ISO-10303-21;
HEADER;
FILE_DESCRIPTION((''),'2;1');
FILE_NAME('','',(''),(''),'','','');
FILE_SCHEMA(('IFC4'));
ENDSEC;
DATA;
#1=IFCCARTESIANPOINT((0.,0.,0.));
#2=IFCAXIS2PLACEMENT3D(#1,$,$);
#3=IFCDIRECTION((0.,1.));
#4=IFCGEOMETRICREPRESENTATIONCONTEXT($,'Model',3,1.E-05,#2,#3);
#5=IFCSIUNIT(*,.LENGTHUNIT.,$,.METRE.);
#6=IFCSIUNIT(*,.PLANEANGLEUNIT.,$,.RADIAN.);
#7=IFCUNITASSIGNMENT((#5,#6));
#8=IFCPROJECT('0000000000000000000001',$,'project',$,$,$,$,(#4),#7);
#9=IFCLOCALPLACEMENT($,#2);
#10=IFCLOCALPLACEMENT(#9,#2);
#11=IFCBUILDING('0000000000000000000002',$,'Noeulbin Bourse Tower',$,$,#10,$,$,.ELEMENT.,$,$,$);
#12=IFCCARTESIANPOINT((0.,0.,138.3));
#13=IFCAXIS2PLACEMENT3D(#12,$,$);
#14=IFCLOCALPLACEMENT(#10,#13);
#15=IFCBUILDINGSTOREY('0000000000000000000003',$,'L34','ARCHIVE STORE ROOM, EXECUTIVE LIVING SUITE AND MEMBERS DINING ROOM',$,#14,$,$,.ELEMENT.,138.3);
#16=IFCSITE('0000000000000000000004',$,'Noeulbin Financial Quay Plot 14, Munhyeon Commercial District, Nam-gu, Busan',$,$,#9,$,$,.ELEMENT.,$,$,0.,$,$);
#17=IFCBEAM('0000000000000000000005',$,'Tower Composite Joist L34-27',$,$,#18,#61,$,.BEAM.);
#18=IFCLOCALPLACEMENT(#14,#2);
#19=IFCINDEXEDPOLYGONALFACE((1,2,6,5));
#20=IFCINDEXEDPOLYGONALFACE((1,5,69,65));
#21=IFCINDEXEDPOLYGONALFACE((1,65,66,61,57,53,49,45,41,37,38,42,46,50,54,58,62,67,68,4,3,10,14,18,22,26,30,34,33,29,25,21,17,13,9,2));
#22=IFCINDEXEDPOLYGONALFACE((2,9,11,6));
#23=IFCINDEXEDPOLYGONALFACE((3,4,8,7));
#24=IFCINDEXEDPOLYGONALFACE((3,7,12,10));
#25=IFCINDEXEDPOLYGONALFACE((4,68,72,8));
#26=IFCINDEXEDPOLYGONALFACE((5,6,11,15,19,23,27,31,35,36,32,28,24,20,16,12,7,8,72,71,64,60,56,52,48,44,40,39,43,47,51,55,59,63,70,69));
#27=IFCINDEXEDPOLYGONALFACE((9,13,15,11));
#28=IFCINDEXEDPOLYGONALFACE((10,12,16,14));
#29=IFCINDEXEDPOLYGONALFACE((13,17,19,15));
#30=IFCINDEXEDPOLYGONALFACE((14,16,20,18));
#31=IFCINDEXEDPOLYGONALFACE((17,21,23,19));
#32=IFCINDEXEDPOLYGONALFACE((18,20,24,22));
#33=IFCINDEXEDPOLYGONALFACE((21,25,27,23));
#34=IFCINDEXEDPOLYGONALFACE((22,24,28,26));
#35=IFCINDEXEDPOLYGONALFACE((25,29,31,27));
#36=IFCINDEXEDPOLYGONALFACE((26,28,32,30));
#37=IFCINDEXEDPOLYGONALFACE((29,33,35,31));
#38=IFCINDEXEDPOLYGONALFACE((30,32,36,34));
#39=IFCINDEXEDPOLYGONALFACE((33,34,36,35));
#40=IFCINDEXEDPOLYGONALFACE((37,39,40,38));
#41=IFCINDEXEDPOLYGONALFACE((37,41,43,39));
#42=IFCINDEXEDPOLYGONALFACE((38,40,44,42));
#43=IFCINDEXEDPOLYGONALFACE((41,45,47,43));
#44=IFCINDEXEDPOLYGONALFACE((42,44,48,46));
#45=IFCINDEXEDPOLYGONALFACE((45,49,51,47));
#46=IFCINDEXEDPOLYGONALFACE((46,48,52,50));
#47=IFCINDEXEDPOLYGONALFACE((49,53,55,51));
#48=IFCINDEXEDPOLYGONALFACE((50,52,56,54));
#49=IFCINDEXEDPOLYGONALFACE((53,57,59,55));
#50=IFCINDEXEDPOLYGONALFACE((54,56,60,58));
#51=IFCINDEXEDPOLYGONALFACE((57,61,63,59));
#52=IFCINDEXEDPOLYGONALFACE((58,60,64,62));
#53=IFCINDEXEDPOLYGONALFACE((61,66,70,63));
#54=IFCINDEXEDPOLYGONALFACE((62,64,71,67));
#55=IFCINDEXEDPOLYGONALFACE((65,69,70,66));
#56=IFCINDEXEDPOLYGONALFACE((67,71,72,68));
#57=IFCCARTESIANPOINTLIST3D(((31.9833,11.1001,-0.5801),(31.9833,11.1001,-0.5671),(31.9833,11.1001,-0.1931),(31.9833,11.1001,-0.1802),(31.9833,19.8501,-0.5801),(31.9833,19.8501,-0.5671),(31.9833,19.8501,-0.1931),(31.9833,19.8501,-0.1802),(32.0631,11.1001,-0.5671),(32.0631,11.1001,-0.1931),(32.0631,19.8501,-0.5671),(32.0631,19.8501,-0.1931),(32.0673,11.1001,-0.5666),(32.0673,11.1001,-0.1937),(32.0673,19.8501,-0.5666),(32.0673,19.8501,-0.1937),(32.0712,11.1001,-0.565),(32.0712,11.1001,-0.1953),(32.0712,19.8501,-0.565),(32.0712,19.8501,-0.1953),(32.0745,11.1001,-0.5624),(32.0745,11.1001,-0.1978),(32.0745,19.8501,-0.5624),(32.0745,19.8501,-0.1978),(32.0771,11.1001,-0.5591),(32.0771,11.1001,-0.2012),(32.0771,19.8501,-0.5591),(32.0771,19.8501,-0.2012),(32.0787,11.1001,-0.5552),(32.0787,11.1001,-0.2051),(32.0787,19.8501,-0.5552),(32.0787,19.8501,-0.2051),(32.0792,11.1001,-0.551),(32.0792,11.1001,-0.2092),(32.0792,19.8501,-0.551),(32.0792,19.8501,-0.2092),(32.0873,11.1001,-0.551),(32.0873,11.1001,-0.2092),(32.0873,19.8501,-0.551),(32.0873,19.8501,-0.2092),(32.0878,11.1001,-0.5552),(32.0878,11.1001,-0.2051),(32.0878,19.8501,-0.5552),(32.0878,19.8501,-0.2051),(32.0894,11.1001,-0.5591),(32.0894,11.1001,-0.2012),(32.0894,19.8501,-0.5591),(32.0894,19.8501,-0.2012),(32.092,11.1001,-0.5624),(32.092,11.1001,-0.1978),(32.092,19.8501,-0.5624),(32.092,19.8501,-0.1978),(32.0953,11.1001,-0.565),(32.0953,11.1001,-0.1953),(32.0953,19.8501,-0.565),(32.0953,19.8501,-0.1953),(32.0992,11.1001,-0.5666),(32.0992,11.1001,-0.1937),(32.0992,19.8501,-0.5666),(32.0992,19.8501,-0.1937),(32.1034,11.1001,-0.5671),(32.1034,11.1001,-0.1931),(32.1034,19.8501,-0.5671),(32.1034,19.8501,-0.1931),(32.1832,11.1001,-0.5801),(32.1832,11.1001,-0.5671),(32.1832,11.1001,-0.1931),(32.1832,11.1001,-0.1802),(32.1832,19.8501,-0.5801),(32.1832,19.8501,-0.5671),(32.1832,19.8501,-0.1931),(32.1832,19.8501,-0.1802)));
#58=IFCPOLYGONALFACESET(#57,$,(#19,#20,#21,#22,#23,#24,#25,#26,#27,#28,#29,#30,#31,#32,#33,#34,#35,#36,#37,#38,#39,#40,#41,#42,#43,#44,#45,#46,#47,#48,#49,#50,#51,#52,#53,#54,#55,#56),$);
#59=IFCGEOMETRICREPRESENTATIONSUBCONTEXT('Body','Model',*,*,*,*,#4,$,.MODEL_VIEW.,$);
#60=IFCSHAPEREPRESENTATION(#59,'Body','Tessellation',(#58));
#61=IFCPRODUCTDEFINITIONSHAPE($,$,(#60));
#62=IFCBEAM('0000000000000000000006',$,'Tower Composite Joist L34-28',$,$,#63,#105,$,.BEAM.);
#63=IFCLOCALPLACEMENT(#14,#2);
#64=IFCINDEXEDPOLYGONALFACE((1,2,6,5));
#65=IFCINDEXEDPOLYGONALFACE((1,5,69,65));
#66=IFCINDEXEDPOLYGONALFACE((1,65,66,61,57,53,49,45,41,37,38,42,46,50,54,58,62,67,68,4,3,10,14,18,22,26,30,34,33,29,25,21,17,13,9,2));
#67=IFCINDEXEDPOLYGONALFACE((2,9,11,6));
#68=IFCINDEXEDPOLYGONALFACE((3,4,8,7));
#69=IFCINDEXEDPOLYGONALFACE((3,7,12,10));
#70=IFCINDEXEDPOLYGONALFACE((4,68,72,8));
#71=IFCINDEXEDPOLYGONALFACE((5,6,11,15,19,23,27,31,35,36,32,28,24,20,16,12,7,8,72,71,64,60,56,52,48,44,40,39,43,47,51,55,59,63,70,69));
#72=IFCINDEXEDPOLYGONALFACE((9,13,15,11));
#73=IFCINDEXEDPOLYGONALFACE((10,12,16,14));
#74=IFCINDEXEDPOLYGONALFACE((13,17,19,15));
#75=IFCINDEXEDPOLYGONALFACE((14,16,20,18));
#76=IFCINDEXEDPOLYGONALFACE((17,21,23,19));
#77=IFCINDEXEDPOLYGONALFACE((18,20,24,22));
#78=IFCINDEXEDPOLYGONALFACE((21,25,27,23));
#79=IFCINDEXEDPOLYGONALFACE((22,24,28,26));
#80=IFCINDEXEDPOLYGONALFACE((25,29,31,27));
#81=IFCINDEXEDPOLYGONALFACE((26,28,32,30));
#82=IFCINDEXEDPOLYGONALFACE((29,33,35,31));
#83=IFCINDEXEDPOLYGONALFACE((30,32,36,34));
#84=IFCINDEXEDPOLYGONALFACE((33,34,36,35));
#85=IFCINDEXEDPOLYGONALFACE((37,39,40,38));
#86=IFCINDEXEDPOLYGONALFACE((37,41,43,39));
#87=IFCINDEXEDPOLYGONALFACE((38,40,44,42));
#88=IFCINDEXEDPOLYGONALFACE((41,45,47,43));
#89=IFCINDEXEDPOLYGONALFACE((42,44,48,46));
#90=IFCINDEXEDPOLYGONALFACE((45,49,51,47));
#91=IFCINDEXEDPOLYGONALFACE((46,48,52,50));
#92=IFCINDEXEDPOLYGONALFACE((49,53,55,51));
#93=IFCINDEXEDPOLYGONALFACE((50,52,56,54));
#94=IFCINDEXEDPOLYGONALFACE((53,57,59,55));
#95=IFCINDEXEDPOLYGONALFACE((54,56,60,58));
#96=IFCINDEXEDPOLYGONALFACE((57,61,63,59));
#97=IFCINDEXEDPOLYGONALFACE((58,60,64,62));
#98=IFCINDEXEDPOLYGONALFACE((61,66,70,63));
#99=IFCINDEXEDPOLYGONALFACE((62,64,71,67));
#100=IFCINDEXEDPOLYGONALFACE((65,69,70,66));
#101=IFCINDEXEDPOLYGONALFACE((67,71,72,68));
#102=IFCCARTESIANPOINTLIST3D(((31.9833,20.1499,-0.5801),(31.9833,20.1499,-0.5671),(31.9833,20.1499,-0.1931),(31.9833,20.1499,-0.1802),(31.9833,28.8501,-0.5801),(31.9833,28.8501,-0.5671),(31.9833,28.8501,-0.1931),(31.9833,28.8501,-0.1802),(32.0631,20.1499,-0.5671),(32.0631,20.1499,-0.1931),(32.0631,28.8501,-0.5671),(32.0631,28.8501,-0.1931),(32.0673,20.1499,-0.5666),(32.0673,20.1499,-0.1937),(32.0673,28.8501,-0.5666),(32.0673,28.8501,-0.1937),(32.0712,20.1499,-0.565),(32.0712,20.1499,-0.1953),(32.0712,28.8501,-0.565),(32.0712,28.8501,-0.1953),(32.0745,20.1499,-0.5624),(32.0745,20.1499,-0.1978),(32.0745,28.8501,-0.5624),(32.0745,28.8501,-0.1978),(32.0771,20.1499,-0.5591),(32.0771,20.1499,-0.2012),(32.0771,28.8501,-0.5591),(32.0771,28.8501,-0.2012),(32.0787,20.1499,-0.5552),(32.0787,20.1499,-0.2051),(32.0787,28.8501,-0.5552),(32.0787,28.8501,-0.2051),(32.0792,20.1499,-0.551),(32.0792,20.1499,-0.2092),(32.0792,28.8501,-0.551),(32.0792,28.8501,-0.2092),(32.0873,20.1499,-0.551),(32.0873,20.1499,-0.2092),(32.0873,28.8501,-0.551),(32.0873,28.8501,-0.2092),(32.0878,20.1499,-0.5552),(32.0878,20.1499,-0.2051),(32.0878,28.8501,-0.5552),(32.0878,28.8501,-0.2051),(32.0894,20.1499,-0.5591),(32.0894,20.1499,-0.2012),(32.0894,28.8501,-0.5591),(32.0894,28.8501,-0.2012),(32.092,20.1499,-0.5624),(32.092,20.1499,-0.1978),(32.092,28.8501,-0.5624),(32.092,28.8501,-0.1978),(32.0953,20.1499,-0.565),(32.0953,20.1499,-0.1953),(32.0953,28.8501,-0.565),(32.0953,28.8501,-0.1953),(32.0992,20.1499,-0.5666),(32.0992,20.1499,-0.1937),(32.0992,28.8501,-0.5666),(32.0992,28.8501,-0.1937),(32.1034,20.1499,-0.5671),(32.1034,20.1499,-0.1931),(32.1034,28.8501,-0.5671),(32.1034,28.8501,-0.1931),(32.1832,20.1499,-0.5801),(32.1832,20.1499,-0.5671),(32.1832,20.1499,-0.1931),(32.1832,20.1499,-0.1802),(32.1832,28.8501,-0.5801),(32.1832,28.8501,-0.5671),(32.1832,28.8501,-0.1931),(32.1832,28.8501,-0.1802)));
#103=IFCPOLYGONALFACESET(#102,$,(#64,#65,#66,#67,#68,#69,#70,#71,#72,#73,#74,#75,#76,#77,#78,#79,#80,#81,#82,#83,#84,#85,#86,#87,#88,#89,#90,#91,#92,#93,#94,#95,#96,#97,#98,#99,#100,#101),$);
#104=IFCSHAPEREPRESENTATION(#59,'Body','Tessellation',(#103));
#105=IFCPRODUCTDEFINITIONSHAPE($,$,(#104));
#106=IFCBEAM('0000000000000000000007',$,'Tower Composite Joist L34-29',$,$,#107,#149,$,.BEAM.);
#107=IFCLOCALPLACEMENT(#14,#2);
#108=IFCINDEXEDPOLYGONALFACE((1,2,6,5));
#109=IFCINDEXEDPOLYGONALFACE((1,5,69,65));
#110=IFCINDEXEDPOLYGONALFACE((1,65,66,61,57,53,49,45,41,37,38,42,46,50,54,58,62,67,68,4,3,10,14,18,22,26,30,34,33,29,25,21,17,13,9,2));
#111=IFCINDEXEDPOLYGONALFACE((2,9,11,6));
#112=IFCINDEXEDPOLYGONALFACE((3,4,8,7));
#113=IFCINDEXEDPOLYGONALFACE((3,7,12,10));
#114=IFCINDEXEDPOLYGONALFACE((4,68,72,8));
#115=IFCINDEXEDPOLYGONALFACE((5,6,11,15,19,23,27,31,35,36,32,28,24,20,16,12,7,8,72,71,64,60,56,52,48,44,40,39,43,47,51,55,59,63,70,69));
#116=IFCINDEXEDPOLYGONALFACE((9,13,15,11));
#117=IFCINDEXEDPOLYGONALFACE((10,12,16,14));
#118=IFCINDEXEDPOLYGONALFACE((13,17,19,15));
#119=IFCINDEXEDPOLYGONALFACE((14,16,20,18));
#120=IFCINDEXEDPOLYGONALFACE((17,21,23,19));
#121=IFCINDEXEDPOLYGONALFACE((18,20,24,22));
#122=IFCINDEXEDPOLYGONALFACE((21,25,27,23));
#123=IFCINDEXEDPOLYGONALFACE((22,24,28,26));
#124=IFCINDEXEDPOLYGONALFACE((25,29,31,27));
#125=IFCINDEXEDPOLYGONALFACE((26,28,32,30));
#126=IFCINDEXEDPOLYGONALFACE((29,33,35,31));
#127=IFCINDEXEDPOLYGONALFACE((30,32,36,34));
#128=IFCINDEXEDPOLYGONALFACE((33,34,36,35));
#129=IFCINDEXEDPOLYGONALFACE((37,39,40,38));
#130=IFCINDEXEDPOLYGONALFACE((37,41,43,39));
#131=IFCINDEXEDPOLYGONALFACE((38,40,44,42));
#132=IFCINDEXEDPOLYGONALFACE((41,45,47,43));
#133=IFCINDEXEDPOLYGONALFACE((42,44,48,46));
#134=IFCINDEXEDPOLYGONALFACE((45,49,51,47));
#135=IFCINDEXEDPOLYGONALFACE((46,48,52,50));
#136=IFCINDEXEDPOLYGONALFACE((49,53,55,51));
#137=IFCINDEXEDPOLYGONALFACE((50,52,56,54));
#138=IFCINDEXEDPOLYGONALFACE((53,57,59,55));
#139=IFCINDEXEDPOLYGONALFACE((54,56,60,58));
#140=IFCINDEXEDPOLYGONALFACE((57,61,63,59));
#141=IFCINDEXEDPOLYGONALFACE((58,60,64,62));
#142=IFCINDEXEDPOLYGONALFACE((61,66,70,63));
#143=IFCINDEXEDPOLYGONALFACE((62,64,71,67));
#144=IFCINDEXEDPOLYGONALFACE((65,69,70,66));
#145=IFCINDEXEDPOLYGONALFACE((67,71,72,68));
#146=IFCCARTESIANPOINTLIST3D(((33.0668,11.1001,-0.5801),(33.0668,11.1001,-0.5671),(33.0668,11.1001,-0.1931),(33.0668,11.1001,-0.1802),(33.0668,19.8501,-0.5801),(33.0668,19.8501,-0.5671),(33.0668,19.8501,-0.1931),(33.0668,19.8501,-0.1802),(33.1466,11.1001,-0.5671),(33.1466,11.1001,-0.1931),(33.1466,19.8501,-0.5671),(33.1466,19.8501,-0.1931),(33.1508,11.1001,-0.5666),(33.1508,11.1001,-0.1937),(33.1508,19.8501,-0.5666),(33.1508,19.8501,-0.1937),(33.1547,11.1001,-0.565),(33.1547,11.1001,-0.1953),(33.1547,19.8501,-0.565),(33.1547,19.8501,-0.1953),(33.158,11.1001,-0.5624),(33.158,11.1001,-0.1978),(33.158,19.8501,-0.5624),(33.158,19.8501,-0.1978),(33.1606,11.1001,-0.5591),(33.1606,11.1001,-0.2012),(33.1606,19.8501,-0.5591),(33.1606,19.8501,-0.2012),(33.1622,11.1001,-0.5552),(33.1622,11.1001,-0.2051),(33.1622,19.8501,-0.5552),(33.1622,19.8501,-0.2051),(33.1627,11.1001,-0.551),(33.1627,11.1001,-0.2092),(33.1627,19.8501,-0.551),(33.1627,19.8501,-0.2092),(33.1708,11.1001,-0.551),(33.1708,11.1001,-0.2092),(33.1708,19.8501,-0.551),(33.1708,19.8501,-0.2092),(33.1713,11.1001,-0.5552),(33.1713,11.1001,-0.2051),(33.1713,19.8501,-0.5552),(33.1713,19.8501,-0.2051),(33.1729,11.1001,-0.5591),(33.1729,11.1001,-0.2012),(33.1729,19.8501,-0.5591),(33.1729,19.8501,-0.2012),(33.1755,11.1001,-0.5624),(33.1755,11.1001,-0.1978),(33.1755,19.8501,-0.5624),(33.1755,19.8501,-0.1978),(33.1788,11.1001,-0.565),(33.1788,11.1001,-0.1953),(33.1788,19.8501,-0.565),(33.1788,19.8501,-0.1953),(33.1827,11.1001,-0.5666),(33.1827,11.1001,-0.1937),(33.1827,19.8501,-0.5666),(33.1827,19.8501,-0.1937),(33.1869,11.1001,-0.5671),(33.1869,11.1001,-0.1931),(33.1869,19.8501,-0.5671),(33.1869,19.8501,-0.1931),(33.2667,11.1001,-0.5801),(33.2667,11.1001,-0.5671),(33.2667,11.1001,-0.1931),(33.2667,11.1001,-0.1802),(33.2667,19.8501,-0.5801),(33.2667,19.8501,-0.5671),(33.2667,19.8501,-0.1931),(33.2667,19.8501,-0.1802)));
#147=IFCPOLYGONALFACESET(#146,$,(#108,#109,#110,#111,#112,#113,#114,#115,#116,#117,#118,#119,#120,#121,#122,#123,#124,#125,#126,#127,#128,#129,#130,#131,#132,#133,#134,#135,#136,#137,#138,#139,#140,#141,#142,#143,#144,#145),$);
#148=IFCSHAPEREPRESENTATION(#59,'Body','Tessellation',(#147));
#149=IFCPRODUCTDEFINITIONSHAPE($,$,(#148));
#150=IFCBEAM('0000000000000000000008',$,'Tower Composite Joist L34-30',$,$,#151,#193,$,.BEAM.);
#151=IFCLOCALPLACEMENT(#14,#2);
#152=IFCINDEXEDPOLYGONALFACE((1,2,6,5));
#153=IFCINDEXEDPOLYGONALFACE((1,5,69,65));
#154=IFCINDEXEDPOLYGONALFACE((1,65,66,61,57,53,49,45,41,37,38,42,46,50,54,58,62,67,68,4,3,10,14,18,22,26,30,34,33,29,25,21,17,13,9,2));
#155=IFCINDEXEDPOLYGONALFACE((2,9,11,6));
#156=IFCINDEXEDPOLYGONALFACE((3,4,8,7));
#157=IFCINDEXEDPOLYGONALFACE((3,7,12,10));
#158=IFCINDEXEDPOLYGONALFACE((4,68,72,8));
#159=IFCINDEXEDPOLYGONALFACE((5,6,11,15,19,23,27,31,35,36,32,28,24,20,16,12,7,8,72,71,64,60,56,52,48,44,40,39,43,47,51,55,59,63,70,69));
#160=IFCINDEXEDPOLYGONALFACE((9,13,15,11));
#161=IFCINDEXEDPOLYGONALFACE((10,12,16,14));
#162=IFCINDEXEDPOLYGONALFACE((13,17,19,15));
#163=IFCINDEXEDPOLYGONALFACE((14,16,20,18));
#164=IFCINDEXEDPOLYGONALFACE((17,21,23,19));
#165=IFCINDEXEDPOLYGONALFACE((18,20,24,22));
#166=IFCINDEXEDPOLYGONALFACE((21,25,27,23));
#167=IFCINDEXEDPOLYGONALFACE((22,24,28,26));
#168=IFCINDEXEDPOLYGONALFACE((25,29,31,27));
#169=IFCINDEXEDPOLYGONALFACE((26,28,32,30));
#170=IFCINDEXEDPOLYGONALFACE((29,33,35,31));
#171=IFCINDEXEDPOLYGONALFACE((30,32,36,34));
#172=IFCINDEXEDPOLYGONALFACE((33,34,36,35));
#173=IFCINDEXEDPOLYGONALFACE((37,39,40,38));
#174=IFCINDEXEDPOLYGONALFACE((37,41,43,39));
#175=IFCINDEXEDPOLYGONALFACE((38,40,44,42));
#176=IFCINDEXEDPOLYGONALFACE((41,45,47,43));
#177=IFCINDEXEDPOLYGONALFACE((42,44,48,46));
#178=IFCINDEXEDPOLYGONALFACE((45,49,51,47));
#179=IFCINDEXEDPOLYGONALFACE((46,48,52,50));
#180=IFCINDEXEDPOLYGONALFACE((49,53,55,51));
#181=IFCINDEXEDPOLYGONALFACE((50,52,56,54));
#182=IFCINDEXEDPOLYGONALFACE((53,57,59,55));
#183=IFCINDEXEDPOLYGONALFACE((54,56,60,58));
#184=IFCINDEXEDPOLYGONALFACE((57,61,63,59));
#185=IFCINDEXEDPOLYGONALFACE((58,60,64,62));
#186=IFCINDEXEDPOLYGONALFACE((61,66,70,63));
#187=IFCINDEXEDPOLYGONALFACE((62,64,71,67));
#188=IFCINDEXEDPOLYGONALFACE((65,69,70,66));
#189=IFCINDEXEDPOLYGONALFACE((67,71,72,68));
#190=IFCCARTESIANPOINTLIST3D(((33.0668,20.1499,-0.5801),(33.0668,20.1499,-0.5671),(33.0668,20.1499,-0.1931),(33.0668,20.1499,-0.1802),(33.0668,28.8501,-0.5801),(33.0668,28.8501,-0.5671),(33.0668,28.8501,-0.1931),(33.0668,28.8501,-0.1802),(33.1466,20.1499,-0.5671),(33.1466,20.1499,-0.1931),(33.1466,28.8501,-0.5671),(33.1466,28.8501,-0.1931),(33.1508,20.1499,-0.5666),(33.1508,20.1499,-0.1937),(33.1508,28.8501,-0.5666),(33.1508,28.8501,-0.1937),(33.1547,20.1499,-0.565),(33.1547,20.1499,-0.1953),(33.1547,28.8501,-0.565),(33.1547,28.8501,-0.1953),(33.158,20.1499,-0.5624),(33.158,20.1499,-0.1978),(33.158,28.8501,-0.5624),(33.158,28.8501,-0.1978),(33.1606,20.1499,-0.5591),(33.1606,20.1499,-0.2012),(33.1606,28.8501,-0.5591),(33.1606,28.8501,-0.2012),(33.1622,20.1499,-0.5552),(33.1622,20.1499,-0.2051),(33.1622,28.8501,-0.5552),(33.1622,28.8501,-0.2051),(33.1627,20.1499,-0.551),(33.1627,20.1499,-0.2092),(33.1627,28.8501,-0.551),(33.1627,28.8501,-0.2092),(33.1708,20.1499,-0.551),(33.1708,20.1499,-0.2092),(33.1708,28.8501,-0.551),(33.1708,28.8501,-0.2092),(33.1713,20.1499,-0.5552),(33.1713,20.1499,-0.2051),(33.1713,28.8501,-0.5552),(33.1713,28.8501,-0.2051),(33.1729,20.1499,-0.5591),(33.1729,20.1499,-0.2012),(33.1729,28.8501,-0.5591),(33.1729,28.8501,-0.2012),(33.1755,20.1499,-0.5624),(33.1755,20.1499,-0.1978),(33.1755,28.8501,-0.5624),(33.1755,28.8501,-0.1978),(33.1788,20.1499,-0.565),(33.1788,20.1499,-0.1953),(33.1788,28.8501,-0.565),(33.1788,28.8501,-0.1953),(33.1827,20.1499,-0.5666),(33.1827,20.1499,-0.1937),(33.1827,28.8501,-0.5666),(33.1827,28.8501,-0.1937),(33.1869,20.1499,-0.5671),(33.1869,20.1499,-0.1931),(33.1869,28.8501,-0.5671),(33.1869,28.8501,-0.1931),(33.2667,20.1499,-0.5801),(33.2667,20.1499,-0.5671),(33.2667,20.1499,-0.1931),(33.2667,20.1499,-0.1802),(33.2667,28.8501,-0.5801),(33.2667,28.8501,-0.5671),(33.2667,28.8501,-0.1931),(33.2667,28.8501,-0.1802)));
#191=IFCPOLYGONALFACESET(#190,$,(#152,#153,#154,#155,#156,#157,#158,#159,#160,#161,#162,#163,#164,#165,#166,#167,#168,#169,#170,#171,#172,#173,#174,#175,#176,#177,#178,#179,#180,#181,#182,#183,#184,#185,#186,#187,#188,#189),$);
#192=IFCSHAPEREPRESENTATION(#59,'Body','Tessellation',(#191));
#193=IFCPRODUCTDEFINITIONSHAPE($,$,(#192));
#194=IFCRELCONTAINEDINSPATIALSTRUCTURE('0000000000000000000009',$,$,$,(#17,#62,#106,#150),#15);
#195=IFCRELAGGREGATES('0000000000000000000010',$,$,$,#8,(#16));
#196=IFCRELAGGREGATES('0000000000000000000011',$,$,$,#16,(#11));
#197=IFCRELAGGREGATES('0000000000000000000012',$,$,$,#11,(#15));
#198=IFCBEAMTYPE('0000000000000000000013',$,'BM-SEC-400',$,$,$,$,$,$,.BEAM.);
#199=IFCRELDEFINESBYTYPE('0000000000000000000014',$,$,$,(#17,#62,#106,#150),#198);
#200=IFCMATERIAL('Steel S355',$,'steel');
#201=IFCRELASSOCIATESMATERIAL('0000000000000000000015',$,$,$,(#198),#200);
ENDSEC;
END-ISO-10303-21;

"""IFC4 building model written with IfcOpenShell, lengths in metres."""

from ifc_helpers import new_model, si_unit, direction, frame, origin, origin_2d, place, context, subcontext, project, spatial, i_section, extrude, material, material_profile, profile_set, type_object, element, save


model = new_model("IFC4")

# Units and contexts
model_context = context("Model", 3, precision=1e-05, world=origin(), true_north=direction((0.0, 1.0)))
body_context = subcontext(model_context, "Body", "Model", "MODEL_VIEW")
ifc_project = project(units=[si_unit("LENGTHUNIT", "METRE"), si_unit("PLANEANGLEUNIT", "RADIAN")], contexts=[model_context])

# Site, building, storey
site_placement = place(None, origin())
site = spatial("IfcSite", under=ifc_project, at=site_placement, Name="Noeulbin Financial Quay Plot 14, Munhyeon Commercial District, Nam-gu, Busan", CompositionType="ELEMENT", RefElevation=0.0)
building_placement = place(site_placement, origin())
building = spatial("IfcBuilding", under=site, at=building_placement, Name="Noeulbin Bourse Tower", CompositionType="ELEMENT")
storey_placement = place(building_placement, frame((0.0, 0.0, 138.3)))
storey = spatial("IfcBuildingStorey", under=building, at=storey_placement, Name="L34", Description="ARCHIVE STORE ROOM, EXECUTIVE LIVING SUITE AND MEMBERS DINING ROOM", CompositionType="ELEMENT", Elevation=138.3)

# Shared definitions
ifc_material_1 = material(Name="Steel S355", Category="steel")

# Beams
ifc_material_profile_1 = material_profile(ifc_material_1, i_section(OverallWidth=0.2, OverallDepth=0.3999, WebThickness=0.0081, FlangeThickness=0.0129, FilletRadius=0.0161, at=origin_2d()), Name="H-400x200x8x13", Category="LoadBearing")
ifc_profile_set_1 = profile_set([ifc_material_profile_1], Name="Steel S355")
beam_type_1 = type_object("IfcBeamType", Name="BM-SEC-400", PredefinedType="BEAM", material=ifc_profile_set_1)
beam_1_placement = place(storey_placement, frame((32.0833, 11.1001, -0.3801), z_axis=(0.0, 1.0, 0.0), x_axis=(-1.0, 0.0, 0.0)))
element("IfcBeam", 1, at=beam_1_placement, inside=storey, type_object=beam_type_1, Name="Tower Composite Joist L34-27", PredefinedType="BEAM", context=body_context, shape_type="SweptSolid", body=[
    extrude(i_section(OverallWidth=0.2, OverallDepth=0.3999, WebThickness=0.0081, FlangeThickness=0.0129, FilletRadius=0.0161, at=origin_2d()), origin(), (0.0, 0.0, 1.0), 8.75),
])
beam_2_placement = place(storey_placement, frame((32.0833, 20.1499, -0.3801), z_axis=(0.0, 1.0, 0.0), x_axis=(-1.0, 0.0, 0.0)))
element("IfcBeam", 2, at=beam_2_placement, inside=storey, type_object=beam_type_1, Name="Tower Composite Joist L34-28", PredefinedType="BEAM", context=body_context, shape_type="SweptSolid", body=[
    extrude(i_section(OverallWidth=0.2, OverallDepth=0.3999, WebThickness=0.0081, FlangeThickness=0.0129, FilletRadius=0.0161, at=origin_2d()), origin(), (0.0, 0.0, 1.0), 8.7002),
])
beam_3_placement = place(storey_placement, frame((33.1667, 11.1001, -0.3801), z_axis=(0.0, 1.0, 0.0), x_axis=(-1.0, 0.0, 0.0)))
element("IfcBeam", 3, at=beam_3_placement, inside=storey, type_object=beam_type_1, Name="Tower Composite Joist L34-29", PredefinedType="BEAM", context=body_context, shape_type="SweptSolid", body=[
    extrude(i_section(OverallWidth=0.2, OverallDepth=0.3999, WebThickness=0.0081, FlangeThickness=0.0129, FilletRadius=0.0161, at=origin_2d()), origin(), (0.0, 0.0, 1.0), 8.75),
])
beam_4_placement = place(storey_placement, frame((33.1667, 20.1499, -0.3801), z_axis=(0.0, 1.0, 0.0), x_axis=(-1.0, 0.0, 0.0)))
element("IfcBeam", 4, at=beam_4_placement, inside=storey, type_object=beam_type_1, Name="Tower Composite Joist L34-30", PredefinedType="BEAM", context=body_context, shape_type="SweptSolid", body=[
    extrude(i_section(OverallWidth=0.2, OverallDepth=0.3999, WebThickness=0.0081, FlangeThickness=0.0129, FilletRadius=0.0161, at=origin_2d()), origin(), (0.0, 0.0, 1.0), 8.7002),
])

save(model, "model.ifc")
